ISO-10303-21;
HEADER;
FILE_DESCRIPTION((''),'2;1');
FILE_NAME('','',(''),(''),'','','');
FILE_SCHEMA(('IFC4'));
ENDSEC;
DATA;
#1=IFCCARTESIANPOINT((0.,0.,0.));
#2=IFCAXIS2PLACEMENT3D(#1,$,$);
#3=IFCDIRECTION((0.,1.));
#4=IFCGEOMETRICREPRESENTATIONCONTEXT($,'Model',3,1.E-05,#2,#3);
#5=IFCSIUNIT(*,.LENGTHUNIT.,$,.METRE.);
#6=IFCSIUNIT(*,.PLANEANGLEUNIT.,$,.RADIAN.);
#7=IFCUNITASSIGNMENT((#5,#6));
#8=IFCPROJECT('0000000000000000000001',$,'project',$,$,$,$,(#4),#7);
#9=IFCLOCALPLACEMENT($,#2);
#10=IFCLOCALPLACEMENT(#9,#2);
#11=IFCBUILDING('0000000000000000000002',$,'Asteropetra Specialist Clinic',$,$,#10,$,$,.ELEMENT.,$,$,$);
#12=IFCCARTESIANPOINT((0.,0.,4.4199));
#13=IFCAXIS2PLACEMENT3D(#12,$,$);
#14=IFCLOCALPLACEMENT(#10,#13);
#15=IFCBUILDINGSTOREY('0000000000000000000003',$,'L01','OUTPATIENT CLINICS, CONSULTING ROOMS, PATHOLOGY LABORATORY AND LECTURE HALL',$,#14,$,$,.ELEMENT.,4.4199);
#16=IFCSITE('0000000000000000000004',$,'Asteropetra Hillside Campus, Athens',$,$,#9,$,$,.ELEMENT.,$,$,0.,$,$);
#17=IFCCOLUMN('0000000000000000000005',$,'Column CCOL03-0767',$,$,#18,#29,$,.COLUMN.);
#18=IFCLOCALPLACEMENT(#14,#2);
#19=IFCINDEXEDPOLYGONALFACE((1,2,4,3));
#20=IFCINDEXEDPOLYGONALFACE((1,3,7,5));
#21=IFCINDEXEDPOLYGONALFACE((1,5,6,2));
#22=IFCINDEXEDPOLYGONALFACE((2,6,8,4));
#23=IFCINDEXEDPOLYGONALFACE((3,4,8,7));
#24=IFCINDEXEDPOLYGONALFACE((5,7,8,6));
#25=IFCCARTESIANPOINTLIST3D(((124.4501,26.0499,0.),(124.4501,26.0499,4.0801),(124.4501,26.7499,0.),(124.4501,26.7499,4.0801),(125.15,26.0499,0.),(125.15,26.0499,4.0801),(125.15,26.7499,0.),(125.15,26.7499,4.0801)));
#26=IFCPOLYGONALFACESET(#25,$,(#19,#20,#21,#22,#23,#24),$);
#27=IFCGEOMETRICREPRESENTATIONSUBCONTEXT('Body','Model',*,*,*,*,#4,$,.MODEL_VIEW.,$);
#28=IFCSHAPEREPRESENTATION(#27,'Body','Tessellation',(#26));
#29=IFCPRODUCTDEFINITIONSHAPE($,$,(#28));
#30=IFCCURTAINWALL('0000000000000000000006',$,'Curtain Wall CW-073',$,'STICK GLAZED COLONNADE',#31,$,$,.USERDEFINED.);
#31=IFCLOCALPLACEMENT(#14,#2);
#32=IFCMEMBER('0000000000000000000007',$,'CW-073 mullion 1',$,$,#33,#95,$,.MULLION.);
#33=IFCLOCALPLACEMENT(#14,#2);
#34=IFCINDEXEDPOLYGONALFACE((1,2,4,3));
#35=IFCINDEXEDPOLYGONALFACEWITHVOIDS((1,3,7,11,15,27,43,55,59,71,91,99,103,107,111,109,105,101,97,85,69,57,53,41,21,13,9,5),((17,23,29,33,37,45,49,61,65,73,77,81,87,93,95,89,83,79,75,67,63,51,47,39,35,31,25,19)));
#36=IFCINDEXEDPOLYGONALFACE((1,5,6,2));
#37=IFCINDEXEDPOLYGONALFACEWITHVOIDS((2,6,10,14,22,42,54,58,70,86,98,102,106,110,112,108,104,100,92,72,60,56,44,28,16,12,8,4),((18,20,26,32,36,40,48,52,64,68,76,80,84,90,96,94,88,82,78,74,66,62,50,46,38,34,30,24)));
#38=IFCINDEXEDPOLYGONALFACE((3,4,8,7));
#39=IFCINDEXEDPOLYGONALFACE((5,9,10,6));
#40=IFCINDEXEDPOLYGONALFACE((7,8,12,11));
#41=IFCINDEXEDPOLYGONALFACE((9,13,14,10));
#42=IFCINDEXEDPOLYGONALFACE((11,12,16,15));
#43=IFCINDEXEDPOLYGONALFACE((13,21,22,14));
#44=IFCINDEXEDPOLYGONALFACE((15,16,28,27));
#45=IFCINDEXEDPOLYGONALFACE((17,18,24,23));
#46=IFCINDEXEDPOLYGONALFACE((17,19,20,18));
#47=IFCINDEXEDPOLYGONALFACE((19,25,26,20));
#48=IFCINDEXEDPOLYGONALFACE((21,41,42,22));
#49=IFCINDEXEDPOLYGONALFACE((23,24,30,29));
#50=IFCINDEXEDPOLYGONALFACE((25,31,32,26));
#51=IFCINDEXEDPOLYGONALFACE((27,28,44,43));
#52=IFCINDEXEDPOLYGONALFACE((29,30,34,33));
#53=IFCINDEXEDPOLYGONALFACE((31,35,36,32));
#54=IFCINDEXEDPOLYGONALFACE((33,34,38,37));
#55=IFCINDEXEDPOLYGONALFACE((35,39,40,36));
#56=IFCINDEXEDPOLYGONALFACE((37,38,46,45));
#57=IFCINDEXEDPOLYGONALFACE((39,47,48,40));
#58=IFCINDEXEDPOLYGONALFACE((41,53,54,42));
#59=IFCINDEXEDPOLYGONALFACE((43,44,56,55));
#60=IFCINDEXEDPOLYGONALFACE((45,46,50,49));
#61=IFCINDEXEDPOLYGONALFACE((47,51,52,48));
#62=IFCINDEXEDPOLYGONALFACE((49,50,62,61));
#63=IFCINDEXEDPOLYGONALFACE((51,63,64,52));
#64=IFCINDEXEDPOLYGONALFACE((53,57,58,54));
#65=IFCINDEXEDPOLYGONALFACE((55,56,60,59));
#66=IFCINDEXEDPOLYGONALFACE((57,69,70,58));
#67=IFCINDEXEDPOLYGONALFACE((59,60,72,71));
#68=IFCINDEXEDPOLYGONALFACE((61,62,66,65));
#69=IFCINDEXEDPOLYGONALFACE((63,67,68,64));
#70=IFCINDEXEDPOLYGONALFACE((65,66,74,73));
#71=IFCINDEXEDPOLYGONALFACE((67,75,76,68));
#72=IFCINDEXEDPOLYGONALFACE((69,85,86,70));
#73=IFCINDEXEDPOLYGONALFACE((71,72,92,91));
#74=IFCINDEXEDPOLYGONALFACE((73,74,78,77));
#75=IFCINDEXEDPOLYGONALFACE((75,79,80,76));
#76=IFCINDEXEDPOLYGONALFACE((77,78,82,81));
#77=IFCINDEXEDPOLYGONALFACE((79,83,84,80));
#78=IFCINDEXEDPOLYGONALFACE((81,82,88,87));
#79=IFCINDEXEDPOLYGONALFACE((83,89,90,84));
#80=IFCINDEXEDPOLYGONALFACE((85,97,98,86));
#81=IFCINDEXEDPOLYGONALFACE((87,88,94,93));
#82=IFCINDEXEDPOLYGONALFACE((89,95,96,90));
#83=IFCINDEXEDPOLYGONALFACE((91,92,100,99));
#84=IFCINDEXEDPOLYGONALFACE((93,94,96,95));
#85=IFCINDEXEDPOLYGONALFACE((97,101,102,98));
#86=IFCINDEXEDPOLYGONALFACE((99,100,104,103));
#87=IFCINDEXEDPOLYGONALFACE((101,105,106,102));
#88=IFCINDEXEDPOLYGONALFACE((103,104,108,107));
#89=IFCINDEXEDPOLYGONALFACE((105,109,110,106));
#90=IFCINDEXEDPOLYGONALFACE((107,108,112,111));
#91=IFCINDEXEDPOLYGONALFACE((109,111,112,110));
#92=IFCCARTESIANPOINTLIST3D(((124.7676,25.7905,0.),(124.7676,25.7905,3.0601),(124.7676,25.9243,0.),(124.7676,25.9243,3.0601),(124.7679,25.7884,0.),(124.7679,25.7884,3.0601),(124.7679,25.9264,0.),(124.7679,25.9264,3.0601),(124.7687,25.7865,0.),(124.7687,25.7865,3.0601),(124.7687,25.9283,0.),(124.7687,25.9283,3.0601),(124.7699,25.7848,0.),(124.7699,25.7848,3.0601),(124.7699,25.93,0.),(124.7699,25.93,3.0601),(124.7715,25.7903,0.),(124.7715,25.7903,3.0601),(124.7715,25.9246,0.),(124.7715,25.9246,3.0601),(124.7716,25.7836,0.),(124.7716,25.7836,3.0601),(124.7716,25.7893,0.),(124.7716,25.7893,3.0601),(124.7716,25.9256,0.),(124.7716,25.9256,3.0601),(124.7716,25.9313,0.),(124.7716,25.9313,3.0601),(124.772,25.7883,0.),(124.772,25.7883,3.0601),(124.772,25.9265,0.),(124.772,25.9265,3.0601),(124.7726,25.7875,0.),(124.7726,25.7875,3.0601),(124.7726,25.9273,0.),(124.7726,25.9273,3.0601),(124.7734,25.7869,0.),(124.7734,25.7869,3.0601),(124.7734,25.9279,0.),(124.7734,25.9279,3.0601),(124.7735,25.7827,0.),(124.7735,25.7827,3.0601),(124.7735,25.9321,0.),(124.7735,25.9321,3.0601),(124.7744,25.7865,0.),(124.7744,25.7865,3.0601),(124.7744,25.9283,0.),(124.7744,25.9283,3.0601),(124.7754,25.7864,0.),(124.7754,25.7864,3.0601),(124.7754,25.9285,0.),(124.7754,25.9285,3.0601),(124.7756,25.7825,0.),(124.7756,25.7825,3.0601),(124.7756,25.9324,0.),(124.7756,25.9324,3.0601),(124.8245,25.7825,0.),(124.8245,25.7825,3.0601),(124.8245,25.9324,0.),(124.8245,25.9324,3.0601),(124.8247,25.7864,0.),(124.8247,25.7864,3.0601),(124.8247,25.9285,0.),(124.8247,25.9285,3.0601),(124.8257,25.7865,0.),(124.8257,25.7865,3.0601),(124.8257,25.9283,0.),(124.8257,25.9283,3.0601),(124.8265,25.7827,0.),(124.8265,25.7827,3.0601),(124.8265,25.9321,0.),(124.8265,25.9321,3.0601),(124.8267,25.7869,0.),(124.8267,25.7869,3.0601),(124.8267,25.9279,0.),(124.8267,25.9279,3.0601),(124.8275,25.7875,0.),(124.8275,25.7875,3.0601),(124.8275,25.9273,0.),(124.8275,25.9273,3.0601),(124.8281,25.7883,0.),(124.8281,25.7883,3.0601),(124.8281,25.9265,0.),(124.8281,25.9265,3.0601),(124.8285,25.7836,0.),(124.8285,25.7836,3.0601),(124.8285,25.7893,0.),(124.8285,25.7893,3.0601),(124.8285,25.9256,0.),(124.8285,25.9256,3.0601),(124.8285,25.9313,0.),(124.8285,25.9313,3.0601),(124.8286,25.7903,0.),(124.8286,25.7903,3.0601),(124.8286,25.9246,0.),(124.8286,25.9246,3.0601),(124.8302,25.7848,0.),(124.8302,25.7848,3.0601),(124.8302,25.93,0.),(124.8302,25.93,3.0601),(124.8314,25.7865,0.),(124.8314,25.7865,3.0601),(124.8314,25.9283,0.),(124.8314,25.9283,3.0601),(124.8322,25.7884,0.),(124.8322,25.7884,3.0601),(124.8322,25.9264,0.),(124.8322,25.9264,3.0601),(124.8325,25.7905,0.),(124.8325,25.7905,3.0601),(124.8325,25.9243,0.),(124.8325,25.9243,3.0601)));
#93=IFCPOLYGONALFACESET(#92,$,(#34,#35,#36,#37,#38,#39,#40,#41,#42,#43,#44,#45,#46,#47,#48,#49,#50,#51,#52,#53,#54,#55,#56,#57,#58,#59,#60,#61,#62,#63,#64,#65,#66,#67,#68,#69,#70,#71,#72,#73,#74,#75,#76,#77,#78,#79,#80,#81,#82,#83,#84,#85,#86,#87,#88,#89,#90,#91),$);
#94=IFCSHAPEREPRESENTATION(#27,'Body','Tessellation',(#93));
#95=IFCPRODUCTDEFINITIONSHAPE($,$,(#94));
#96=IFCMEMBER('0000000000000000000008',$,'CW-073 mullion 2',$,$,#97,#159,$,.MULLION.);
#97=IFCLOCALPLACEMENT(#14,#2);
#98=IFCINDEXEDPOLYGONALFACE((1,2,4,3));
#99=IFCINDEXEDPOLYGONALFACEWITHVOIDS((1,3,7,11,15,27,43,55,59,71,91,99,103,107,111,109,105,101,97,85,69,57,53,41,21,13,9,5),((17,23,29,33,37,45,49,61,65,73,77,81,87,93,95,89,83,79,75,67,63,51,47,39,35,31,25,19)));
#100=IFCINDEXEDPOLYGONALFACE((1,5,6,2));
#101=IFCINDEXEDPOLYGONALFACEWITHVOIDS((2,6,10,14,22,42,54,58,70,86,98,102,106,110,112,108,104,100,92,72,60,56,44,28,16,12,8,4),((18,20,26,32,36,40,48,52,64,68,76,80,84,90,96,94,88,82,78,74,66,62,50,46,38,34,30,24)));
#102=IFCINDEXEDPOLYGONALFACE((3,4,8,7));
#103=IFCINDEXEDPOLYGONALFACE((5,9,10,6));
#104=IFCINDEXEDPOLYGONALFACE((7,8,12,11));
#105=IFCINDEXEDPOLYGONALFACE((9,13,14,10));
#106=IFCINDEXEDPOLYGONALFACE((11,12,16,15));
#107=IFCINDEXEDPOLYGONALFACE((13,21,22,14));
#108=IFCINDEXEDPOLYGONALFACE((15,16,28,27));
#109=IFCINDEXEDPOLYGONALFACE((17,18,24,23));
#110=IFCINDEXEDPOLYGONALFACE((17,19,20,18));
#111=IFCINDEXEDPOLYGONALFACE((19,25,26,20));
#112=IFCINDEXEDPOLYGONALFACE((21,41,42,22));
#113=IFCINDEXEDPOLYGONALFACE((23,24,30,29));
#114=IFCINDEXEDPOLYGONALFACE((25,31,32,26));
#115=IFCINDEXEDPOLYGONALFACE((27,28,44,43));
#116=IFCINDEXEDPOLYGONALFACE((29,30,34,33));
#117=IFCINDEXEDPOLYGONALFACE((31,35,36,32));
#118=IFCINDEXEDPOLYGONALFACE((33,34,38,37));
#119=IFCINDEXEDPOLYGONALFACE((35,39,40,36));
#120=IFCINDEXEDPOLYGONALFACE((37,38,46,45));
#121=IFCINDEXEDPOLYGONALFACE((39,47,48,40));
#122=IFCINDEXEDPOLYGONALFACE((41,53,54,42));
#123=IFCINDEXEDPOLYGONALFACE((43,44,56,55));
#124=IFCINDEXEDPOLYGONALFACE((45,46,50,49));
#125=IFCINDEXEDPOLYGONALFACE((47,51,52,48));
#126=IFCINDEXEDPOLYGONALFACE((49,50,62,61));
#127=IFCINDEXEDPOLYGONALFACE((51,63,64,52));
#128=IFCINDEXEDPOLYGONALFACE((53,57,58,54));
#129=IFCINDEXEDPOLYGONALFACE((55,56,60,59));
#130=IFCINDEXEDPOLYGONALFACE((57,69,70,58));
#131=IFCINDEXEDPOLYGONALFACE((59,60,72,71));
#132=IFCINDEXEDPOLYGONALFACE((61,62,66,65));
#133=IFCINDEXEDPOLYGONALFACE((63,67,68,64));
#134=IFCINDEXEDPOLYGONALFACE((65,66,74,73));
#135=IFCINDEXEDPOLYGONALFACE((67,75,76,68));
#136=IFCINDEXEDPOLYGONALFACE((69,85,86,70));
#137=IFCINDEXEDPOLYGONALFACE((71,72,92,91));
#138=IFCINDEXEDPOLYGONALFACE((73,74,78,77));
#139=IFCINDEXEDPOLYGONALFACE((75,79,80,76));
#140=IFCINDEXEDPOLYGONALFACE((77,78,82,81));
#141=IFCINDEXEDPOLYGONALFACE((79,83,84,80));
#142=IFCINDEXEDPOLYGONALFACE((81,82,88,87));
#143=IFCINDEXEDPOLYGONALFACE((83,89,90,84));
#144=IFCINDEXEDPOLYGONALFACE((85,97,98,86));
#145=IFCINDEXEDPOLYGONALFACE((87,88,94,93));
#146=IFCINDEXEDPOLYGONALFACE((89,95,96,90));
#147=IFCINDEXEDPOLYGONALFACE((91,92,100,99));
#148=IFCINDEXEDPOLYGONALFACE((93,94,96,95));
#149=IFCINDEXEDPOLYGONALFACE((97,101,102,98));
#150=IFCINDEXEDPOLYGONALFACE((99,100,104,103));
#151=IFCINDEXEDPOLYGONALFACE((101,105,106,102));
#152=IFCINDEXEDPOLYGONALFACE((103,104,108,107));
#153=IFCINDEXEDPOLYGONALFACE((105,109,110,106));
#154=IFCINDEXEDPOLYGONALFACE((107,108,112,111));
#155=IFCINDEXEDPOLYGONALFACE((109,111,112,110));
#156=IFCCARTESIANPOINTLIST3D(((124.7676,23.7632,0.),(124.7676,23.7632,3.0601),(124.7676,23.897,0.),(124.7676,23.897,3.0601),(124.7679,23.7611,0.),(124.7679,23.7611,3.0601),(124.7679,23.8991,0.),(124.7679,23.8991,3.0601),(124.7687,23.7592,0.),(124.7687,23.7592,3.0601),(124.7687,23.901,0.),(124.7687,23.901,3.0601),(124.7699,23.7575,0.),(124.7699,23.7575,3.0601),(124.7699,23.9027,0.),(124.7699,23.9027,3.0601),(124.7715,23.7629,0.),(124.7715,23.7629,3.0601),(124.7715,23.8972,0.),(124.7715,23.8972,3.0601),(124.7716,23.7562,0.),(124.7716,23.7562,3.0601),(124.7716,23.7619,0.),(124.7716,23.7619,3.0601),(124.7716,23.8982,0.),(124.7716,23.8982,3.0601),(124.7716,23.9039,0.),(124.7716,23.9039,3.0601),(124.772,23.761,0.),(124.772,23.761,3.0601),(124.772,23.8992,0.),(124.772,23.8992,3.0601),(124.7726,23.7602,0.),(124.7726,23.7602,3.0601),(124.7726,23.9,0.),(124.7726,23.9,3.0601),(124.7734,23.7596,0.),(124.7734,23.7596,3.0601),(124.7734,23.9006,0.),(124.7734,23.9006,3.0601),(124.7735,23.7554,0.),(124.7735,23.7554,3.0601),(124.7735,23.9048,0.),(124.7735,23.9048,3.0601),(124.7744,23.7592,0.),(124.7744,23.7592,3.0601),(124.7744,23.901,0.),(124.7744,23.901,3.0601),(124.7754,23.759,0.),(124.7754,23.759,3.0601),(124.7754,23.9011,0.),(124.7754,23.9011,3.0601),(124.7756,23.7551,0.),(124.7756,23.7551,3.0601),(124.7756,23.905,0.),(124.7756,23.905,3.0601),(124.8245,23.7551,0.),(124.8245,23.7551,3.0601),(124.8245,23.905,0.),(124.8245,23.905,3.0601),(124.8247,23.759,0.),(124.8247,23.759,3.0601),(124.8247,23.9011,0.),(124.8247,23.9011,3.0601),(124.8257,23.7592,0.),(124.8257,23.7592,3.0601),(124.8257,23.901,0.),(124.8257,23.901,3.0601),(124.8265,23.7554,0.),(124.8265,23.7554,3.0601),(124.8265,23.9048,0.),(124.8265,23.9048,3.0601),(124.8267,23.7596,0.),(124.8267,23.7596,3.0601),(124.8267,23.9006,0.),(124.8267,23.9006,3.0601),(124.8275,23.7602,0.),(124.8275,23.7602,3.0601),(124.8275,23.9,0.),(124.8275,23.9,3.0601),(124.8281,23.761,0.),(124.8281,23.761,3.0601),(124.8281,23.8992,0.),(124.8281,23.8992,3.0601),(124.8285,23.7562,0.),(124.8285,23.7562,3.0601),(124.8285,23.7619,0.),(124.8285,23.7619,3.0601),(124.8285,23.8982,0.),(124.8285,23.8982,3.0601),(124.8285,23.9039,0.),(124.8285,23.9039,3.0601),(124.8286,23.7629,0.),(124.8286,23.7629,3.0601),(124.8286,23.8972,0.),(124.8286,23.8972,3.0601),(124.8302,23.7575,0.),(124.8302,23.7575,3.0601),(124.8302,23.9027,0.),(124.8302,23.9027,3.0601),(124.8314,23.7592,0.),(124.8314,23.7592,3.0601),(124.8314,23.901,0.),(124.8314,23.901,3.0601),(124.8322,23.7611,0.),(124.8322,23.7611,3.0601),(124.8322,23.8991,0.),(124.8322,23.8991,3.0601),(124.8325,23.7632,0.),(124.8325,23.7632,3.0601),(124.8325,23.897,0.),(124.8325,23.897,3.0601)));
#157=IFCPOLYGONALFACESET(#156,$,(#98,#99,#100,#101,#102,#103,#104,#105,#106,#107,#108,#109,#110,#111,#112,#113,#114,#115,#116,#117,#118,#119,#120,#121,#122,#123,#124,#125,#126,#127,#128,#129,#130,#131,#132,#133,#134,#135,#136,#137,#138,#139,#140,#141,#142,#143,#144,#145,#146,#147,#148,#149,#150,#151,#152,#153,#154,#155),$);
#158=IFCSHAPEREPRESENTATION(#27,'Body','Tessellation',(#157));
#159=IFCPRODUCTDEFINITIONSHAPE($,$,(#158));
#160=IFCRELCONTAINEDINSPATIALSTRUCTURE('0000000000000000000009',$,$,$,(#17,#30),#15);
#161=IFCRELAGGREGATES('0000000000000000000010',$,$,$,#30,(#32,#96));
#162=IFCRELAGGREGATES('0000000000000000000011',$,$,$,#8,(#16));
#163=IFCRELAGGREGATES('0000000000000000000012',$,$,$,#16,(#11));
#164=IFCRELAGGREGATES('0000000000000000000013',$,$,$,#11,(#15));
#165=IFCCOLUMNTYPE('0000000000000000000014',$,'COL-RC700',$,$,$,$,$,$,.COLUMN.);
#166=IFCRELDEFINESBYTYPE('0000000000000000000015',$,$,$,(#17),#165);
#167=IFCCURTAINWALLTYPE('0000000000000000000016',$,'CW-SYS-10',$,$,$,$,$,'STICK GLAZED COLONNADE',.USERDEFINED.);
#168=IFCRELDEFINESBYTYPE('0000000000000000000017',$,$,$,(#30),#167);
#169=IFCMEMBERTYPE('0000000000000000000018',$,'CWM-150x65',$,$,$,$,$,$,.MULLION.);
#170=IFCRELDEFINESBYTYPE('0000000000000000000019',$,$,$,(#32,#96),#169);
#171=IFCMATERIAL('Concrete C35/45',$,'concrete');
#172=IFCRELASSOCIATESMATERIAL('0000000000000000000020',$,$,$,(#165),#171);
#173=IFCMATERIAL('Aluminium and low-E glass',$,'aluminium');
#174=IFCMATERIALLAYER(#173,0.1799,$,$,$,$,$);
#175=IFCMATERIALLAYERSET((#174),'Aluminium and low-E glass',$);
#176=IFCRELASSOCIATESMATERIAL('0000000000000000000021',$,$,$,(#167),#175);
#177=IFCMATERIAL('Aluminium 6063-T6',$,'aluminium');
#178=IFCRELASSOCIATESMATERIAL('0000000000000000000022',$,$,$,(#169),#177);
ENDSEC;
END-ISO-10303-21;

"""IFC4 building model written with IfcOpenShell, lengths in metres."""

from ifc_helpers import new_model, si_unit, direction, frame, origin, origin_2d, place, context, subcontext, project, spatial, rectangle, hollow_rectangle, extrude, material, layer, layer_set, material_profile, profile_set, type_object, element, aggregate, save


model = new_model("IFC4")

# Units and contexts
model_context = context("Model", 3, precision=1e-05, world=origin(), true_north=direction((0.0, 1.0)))
body_context = subcontext(model_context, "Body", "Model", "MODEL_VIEW")
ifc_project = project(units=[si_unit("LENGTHUNIT", "METRE"), si_unit("PLANEANGLEUNIT", "RADIAN")], contexts=[model_context])

# Site, building, storey
site_placement = place(None, origin())
site = spatial("IfcSite", under=ifc_project, at=site_placement, Name="Asteropetra Hillside Campus, Athens", CompositionType="ELEMENT", RefElevation=0.0)
building_placement = place(site_placement, origin())
building = spatial("IfcBuilding", under=site, at=building_placement, Name="Asteropetra Specialist Clinic", CompositionType="ELEMENT")
storey_placement = place(building_placement, frame((0.0, 0.0, 4.4199)))
storey = spatial("IfcBuildingStorey", under=building, at=storey_placement, Name="L01", Description="OUTPATIENT CLINICS, CONSULTING ROOMS, PATHOLOGY LABORATORY AND LECTURE HALL", CompositionType="ELEMENT", Elevation=4.4199)

# Column
ifc_material_1 = material(Name="Concrete C35/45", Category="concrete")
ifc_material_profile_1 = material_profile(ifc_material_1, rectangle(XDim=0.7, YDim=0.7, at=origin_2d()), Name="RC 700x700")
ifc_profile_set_1 = profile_set([ifc_material_profile_1], Name="Concrete C35/45")
column_type = type_object("IfcColumnType", Name="COL-RC700", PredefinedType="COLUMN", material=ifc_profile_set_1)
column_placement = place(storey_placement, frame((124.8, 26.3999, 0.0), z_axis=(0.0, 0.0, 1.0), x_axis=(1.0, 0.0, 0.0)))
element("IfcColumn", 1, at=column_placement, inside=storey, type_object=column_type, Name="Column CCOL03-0767", PredefinedType="COLUMN", context=body_context, shape_type="SweptSolid", body=[
    extrude(rectangle(XDim=0.7, YDim=0.7, at=origin_2d()), origin(), (0.0, 0.0, 1.0), 4.0801),
])

# Curtain wall, members
ifc_material_2 = material(Name="Aluminium and low-E glass", Category="aluminium")
ifc_layer_1 = layer(ifc_material_2, 0.1799)
ifc_layer_set_1 = layer_set([ifc_layer_1], Name="Aluminium and low-E glass")
curtain_wall_type_1 = type_object("IfcCurtainWallType", Name="CW-SYS-10", ElementType="STICK GLAZED COLONNADE", PredefinedType="USERDEFINED", material=ifc_layer_set_1)
curtain_wall_1_placement = place(storey_placement, origin())
curtain_wall_1 = element("IfcCurtainWall", 2, at=curtain_wall_1_placement, inside=storey, type_object=curtain_wall_type_1, Name="Curtain Wall CW-073", ObjectType="STICK GLAZED COLONNADE", PredefinedType="USERDEFINED")
ifc_material_3 = material(Name="Aluminium 6063-T6", Category="aluminium")
ifc_material_profile_2 = material_profile(ifc_material_3, hollow_rectangle(XDim=0.0649, YDim=0.1499, WallThickness=0.0039, InnerFilletRadius=0.0039, OuterFilletRadius=0.0081, at=origin_2d()), Name="MUL 150x65x4.0")
ifc_profile_set_2 = profile_set([ifc_material_profile_2], Name="Aluminium 6063-T6")
member_type_1 = type_object("IfcMemberType", Name="CWM-150x65", PredefinedType="MULLION", material=ifc_profile_set_2)
member_1_placement = place(storey_placement, frame((124.8, 25.8574, 0.0), z_axis=(0.0, 0.0, 1.0), x_axis=(1.0, 0.0, 0.0)))
member_1 = element("IfcMember", 3, at=member_1_placement, type_object=member_type_1, Name="CW-073 mullion 1", PredefinedType="MULLION", context=body_context, shape_type="SweptSolid", body=[
    extrude(hollow_rectangle(XDim=0.0649, YDim=0.1499, WallThickness=0.0039, InnerFilletRadius=0.0039, OuterFilletRadius=0.0081, at=origin_2d()), origin(), (0.0, 0.0, 1.0), 3.0601),
])
member_2_placement = place(storey_placement, frame((124.8, 23.8301, 0.0), z_axis=(0.0, 0.0, 1.0), x_axis=(1.0, 0.0, 0.0)))
member_2 = element("IfcMember", 4, at=member_2_placement, type_object=member_type_1, Name="CW-073 mullion 2", PredefinedType="MULLION", context=body_context, shape_type="SweptSolid", body=[
    extrude(hollow_rectangle(XDim=0.0649, YDim=0.1499, WallThickness=0.0039, InnerFilletRadius=0.0039, OuterFilletRadius=0.0081, at=origin_2d()), origin(), (0.0, 0.0, 1.0), 3.0601),
])

aggregate(curtain_wall_1, [member_1, member_2])

save(model, "model.ifc")
